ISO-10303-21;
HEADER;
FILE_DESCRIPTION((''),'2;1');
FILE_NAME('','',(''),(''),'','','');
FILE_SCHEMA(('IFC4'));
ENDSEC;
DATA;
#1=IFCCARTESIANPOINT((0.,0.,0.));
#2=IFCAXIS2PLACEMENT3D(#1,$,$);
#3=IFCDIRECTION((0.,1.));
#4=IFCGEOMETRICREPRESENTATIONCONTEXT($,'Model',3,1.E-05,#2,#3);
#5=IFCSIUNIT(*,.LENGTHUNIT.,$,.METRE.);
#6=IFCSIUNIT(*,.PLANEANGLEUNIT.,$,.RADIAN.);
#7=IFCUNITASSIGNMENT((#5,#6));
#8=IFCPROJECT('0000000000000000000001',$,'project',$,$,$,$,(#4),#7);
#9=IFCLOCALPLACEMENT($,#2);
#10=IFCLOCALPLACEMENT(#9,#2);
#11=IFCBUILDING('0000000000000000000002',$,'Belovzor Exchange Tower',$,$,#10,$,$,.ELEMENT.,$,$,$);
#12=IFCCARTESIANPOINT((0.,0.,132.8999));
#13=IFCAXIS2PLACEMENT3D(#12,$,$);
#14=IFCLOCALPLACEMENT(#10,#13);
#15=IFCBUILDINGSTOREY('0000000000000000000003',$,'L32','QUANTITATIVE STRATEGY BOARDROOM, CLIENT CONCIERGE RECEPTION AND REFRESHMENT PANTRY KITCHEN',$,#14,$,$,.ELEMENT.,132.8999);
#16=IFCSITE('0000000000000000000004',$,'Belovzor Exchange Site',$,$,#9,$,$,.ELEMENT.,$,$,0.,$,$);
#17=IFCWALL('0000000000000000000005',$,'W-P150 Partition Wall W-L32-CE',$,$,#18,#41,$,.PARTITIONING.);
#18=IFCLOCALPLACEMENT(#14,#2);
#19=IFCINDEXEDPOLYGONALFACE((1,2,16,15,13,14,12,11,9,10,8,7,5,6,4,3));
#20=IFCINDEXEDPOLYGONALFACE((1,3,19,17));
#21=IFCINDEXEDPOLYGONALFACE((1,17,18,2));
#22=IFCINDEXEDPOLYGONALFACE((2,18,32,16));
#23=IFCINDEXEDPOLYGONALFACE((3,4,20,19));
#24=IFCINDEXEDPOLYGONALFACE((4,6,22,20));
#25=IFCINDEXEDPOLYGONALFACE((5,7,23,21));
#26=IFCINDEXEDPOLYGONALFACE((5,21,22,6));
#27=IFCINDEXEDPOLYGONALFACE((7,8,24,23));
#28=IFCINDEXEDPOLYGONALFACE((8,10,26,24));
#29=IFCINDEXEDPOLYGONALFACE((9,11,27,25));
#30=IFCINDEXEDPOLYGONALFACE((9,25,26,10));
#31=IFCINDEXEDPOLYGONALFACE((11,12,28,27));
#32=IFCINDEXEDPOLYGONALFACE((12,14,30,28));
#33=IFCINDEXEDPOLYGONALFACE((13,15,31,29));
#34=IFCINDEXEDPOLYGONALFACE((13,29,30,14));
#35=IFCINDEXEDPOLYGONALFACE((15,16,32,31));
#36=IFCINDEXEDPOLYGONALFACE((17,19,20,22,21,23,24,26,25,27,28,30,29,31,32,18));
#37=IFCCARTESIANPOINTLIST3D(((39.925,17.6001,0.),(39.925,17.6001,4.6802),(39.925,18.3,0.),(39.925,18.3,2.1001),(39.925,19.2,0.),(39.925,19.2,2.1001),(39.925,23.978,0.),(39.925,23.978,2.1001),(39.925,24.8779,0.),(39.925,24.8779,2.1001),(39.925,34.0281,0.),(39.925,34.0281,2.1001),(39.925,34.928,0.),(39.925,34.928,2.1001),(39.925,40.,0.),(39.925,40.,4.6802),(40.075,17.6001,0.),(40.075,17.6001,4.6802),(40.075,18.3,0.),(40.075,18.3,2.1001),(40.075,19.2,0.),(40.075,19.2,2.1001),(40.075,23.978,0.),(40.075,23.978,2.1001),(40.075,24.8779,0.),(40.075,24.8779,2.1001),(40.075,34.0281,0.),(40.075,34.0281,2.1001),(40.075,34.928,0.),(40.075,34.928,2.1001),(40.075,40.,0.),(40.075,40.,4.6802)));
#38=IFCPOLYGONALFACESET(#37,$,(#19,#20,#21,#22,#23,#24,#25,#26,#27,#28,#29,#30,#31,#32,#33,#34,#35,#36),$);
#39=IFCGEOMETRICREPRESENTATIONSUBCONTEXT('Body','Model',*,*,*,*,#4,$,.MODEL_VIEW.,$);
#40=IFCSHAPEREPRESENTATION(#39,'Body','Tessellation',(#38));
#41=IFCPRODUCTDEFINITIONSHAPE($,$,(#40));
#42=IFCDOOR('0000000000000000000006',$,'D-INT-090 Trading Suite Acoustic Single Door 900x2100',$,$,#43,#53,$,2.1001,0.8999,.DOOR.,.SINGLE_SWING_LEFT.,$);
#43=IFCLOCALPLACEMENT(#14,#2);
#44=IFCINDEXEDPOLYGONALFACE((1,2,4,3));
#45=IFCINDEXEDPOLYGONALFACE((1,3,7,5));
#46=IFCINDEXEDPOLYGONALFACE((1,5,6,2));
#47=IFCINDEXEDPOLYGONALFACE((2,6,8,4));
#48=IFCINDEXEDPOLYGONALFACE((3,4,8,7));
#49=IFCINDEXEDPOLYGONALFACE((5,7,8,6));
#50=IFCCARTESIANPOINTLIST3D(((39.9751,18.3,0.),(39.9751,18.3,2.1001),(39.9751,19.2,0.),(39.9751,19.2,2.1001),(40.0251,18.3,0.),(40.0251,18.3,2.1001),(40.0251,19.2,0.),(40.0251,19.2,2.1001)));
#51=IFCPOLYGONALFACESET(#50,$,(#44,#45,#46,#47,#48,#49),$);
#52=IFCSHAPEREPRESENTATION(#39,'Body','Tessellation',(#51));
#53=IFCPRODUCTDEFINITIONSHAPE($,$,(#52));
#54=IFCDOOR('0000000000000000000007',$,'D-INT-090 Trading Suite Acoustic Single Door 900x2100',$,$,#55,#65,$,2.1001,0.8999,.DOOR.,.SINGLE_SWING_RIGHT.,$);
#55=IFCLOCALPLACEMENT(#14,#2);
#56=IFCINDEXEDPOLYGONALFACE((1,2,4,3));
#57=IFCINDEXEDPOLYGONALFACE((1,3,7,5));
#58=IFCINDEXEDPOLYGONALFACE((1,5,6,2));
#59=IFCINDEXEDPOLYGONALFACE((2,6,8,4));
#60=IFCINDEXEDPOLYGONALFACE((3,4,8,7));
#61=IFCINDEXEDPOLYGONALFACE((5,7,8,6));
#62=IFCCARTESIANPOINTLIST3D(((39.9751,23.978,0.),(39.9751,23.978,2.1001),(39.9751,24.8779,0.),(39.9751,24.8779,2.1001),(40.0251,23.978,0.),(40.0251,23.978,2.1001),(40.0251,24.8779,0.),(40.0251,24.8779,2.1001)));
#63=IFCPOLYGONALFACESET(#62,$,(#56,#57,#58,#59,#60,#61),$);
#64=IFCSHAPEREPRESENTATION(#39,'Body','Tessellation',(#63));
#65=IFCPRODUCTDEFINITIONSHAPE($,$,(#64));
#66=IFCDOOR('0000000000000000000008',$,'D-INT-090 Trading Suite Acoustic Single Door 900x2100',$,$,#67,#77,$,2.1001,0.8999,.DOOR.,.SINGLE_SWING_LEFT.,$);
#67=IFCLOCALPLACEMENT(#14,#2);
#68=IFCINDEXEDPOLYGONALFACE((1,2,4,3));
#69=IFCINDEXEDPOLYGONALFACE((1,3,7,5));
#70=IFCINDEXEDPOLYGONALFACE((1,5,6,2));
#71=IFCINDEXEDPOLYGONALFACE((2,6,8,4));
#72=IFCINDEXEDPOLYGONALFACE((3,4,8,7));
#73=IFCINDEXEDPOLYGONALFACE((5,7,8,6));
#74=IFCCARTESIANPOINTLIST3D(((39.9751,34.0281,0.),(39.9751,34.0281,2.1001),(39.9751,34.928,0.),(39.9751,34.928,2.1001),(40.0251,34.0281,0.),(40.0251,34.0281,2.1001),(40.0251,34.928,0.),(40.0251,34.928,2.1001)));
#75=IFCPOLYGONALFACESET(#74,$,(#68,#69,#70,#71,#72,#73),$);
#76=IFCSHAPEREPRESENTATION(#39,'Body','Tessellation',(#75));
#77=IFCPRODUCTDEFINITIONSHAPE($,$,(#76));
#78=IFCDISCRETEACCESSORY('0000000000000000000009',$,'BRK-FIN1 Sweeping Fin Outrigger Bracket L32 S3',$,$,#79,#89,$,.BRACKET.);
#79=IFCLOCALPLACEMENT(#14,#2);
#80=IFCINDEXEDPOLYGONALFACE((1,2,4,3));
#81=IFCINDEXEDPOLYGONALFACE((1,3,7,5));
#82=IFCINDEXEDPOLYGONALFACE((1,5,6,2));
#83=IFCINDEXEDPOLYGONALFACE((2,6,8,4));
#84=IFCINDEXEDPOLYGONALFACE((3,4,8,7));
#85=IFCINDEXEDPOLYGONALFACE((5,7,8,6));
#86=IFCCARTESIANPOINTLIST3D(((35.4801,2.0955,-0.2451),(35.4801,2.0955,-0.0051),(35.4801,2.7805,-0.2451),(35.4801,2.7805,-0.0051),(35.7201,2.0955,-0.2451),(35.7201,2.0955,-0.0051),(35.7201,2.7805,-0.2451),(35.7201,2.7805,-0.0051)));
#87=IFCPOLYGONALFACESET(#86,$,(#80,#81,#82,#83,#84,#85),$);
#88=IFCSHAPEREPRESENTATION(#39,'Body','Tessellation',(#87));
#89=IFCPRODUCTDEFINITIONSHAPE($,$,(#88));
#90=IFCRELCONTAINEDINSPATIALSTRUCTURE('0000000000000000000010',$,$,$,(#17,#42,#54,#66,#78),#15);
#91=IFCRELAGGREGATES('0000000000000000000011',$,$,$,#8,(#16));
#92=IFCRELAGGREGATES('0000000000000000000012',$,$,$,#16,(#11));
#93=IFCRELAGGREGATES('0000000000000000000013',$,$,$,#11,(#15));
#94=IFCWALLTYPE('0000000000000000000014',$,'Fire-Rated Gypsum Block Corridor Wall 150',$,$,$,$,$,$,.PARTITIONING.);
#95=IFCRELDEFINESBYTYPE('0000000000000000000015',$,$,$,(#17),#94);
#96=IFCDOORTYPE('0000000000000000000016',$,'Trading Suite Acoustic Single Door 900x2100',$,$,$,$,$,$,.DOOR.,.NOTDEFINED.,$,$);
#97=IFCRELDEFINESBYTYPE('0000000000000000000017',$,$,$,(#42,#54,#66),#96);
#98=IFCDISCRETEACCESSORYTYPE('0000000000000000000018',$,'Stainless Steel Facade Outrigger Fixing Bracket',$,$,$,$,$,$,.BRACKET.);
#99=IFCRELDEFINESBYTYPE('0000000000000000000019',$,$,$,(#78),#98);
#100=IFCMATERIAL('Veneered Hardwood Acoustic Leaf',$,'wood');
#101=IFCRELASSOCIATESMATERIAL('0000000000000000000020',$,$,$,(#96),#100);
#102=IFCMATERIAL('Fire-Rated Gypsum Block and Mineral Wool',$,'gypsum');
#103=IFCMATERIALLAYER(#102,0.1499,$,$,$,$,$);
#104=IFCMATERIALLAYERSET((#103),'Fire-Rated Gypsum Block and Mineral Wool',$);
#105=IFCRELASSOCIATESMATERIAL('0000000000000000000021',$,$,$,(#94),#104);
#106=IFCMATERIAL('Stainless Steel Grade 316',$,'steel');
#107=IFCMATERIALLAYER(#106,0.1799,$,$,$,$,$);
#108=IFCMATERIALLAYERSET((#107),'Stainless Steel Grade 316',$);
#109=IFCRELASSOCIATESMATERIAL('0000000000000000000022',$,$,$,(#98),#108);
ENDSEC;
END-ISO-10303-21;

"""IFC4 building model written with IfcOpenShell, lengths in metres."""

from ifc_helpers import new_model, si_unit, direction, frame, frame_2d, origin, origin_2d, place, context, subcontext, project, spatial, rectangle, extrude, material, layer, layer_set, type_object, element, fill, save


model = new_model("IFC4")

# Units and contexts
model_context = context("Model", 3, precision=1e-05, world=origin(), true_north=direction((0.0, 1.0)))
body_context = subcontext(model_context, "Body", "Model", "MODEL_VIEW")
ifc_project = project(units=[si_unit("LENGTHUNIT", "METRE"), si_unit("PLANEANGLEUNIT", "RADIAN")], contexts=[model_context])

# Site, building, storey
site_placement = place(None, origin())
site = spatial("IfcSite", under=ifc_project, at=site_placement, Name="Belovzor Exchange Site", CompositionType="ELEMENT", RefElevation=0.0)
building_placement = place(site_placement, origin())
building = spatial("IfcBuilding", under=site, at=building_placement, Name="Belovzor Exchange Tower", CompositionType="ELEMENT")
storey_placement = place(building_placement, frame((0.0, 0.0, 132.8999)))
storey = spatial("IfcBuildingStorey", under=building, at=storey_placement, Name="L32", Description="QUANTITATIVE STRATEGY BOARDROOM, CLIENT CONCIERGE RECEPTION AND REFRESHMENT PANTRY KITCHEN", CompositionType="ELEMENT", Elevation=132.8999)

# Shared definitions
ifc_material_1 = material(Name="Veneered Hardwood Acoustic Leaf", Category="wood")
door_type = type_object("IfcDoorType", Name="Trading Suite Acoustic Single Door 900x2100", OperationType="NOTDEFINED", PredefinedType="DOOR", material=ifc_material_1)

# Wall, openings, doors
ifc_material_2 = material(Name="Fire-Rated Gypsum Block and Mineral Wool", Category="gypsum")
ifc_layer_1 = layer(ifc_material_2, 0.1499)
ifc_layer_set_1 = layer_set([ifc_layer_1], Name="Fire-Rated Gypsum Block and Mineral Wool")
wall_type_1 = type_object("IfcWallType", Name="Fire-Rated Gypsum Block Corridor Wall 150", PredefinedType="PARTITIONING", material=ifc_layer_set_1)
wall_1_placement = place(storey_placement, frame((40.0, 17.6001, 0.0), z_axis=(0.0, 0.0, 1.0), x_axis=(0.0, 1.0, 0.0)))
wall_1 = element("IfcWall", 1, at=wall_1_placement, inside=storey, type_object=wall_type_1, Name="W-P150 Partition Wall W-L32-CE", PredefinedType="PARTITIONING", context=body_context, shape_type="SweptSolid", body=[
    extrude(rectangle(XDim=22.3999, YDim=0.1499, at=frame_2d((11.2, 0.0))), origin(), (0.0, 0.0, 1.0), 4.6802),
])
opening_1_placement = place(wall_1_placement, frame((0.7, 0.0, 0.0)))
opening_1 = element("IfcOpeningElement", 2, at=opening_1_placement, cuts=wall_1, PredefinedType="OPENING", context=body_context, shape_type="SweptSolid", body=[
    extrude(rectangle(XDim=0.8999, YDim=2.1001, at=frame_2d((0.45, 1.05))), frame((0.0, 0.085, 0.0), z_axis=(0.0, -1.0, 0.0), x_axis=(1.0, 0.0, 0.0)), (0.0, 0.0, 1.0), 0.1699),
])
opening_2_placement = place(wall_1_placement, frame((6.3779, 0.0, 0.0)))
opening_2 = element("IfcOpeningElement", 3, at=opening_2_placement, cuts=wall_1, PredefinedType="OPENING", context=body_context, shape_type="SweptSolid", body=[
    extrude(rectangle(XDim=0.8999, YDim=2.1001, at=frame_2d((0.45, 1.05))), frame((0.0, 0.085, 0.0), z_axis=(0.0, -1.0, 0.0), x_axis=(1.0, 0.0, 0.0)), (0.0, 0.0, 1.0), 0.1699),
])
opening_3_placement = place(wall_1_placement, frame((16.428, 0.0, 0.0)))
opening_3 = element("IfcOpeningElement", 4, at=opening_3_placement, cuts=wall_1, PredefinedType="OPENING", context=body_context, shape_type="SweptSolid", body=[
    extrude(rectangle(XDim=0.8999, YDim=2.1001, at=frame_2d((0.45, 1.05))), frame((0.0, 0.085, 0.0), z_axis=(0.0, -1.0, 0.0), x_axis=(1.0, 0.0, 0.0)), (0.0, 0.0, 1.0), 0.1699),
])
door_1_placement = place(opening_1_placement, origin())
door_1 = element("IfcDoor", 5, at=door_1_placement, inside=storey, type_object=door_type, Name="D-INT-090 Trading Suite Acoustic Single Door 900x2100", OperationType="SINGLE_SWING_LEFT", OverallHeight=2.1001, OverallWidth=0.8999, PredefinedType="DOOR", context=body_context, shape_type="SweptSolid", body=[
    extrude(rectangle(XDim=0.8999, YDim=2.1001, at=frame_2d((0.45, 1.05))), frame((0.0, 0.0249, 0.0), z_axis=(0.0, -1.0, 0.0), x_axis=(1.0, 0.0, 0.0)), (0.0, 0.0, 1.0), 0.05),
])
fill(opening_1, door_1)
door_2_placement = place(opening_2_placement, origin())
door_2 = element("IfcDoor", 6, at=door_2_placement, inside=storey, type_object=door_type, Name="D-INT-090 Trading Suite Acoustic Single Door 900x2100", OperationType="SINGLE_SWING_RIGHT", OverallHeight=2.1001, OverallWidth=0.8999, PredefinedType="DOOR", context=body_context, shape_type="SweptSolid", body=[
    extrude(rectangle(XDim=0.8999, YDim=2.1001, at=frame_2d((0.45, 1.05))), frame((0.0, 0.0249, 0.0), z_axis=(0.0, -1.0, 0.0), x_axis=(1.0, 0.0, 0.0)), (0.0, 0.0, 1.0), 0.05),
])
fill(opening_2, door_2)
door_3_placement = place(opening_3_placement, origin())
door_3 = element("IfcDoor", 7, at=door_3_placement, inside=storey, type_object=door_type, Name="D-INT-090 Trading Suite Acoustic Single Door 900x2100", OperationType="SINGLE_SWING_LEFT", OverallHeight=2.1001, OverallWidth=0.8999, PredefinedType="DOOR", context=body_context, shape_type="SweptSolid", body=[
    extrude(rectangle(XDim=0.8999, YDim=2.1001, at=frame_2d((0.45, 1.05))), frame((0.0, 0.0249, 0.0), z_axis=(0.0, -1.0, 0.0), x_axis=(1.0, 0.0, 0.0)), (0.0, 0.0, 1.0), 0.05),
])
fill(opening_3, door_3)

# Discrete accessory
ifc_material_3 = material(Name="Stainless Steel Grade 316", Category="steel")
ifc_layer_2 = layer(ifc_material_3, 0.1799)
ifc_layer_set_2 = layer_set([ifc_layer_2], Name="Stainless Steel Grade 316")
discrete_accessory_type = type_object("IfcDiscreteAccessoryType", Name="Stainless Steel Facade Outrigger Fixing Bracket", PredefinedType="BRACKET", material=ifc_layer_set_2)
discrete_accessory_placement = place(storey_placement, frame((35.6001, 2.438, -0.2451), z_axis=(0.0, 0.0, 1.0), x_axis=(0.0, 1.0, 0.0)))
element("IfcDiscreteAccessory", 8, at=discrete_accessory_placement, inside=storey, type_object=discrete_accessory_type, Name="BRK-FIN1 Sweeping Fin Outrigger Bracket L32 S3", PredefinedType="BRACKET", context=body_context, shape_type="SweptSolid", body=[
    extrude(rectangle(XDim=0.6851, YDim=0.24, at=origin_2d()), origin(), (0.0, 0.0, 1.0), 0.24),
])

save(model, "model.ifc")
